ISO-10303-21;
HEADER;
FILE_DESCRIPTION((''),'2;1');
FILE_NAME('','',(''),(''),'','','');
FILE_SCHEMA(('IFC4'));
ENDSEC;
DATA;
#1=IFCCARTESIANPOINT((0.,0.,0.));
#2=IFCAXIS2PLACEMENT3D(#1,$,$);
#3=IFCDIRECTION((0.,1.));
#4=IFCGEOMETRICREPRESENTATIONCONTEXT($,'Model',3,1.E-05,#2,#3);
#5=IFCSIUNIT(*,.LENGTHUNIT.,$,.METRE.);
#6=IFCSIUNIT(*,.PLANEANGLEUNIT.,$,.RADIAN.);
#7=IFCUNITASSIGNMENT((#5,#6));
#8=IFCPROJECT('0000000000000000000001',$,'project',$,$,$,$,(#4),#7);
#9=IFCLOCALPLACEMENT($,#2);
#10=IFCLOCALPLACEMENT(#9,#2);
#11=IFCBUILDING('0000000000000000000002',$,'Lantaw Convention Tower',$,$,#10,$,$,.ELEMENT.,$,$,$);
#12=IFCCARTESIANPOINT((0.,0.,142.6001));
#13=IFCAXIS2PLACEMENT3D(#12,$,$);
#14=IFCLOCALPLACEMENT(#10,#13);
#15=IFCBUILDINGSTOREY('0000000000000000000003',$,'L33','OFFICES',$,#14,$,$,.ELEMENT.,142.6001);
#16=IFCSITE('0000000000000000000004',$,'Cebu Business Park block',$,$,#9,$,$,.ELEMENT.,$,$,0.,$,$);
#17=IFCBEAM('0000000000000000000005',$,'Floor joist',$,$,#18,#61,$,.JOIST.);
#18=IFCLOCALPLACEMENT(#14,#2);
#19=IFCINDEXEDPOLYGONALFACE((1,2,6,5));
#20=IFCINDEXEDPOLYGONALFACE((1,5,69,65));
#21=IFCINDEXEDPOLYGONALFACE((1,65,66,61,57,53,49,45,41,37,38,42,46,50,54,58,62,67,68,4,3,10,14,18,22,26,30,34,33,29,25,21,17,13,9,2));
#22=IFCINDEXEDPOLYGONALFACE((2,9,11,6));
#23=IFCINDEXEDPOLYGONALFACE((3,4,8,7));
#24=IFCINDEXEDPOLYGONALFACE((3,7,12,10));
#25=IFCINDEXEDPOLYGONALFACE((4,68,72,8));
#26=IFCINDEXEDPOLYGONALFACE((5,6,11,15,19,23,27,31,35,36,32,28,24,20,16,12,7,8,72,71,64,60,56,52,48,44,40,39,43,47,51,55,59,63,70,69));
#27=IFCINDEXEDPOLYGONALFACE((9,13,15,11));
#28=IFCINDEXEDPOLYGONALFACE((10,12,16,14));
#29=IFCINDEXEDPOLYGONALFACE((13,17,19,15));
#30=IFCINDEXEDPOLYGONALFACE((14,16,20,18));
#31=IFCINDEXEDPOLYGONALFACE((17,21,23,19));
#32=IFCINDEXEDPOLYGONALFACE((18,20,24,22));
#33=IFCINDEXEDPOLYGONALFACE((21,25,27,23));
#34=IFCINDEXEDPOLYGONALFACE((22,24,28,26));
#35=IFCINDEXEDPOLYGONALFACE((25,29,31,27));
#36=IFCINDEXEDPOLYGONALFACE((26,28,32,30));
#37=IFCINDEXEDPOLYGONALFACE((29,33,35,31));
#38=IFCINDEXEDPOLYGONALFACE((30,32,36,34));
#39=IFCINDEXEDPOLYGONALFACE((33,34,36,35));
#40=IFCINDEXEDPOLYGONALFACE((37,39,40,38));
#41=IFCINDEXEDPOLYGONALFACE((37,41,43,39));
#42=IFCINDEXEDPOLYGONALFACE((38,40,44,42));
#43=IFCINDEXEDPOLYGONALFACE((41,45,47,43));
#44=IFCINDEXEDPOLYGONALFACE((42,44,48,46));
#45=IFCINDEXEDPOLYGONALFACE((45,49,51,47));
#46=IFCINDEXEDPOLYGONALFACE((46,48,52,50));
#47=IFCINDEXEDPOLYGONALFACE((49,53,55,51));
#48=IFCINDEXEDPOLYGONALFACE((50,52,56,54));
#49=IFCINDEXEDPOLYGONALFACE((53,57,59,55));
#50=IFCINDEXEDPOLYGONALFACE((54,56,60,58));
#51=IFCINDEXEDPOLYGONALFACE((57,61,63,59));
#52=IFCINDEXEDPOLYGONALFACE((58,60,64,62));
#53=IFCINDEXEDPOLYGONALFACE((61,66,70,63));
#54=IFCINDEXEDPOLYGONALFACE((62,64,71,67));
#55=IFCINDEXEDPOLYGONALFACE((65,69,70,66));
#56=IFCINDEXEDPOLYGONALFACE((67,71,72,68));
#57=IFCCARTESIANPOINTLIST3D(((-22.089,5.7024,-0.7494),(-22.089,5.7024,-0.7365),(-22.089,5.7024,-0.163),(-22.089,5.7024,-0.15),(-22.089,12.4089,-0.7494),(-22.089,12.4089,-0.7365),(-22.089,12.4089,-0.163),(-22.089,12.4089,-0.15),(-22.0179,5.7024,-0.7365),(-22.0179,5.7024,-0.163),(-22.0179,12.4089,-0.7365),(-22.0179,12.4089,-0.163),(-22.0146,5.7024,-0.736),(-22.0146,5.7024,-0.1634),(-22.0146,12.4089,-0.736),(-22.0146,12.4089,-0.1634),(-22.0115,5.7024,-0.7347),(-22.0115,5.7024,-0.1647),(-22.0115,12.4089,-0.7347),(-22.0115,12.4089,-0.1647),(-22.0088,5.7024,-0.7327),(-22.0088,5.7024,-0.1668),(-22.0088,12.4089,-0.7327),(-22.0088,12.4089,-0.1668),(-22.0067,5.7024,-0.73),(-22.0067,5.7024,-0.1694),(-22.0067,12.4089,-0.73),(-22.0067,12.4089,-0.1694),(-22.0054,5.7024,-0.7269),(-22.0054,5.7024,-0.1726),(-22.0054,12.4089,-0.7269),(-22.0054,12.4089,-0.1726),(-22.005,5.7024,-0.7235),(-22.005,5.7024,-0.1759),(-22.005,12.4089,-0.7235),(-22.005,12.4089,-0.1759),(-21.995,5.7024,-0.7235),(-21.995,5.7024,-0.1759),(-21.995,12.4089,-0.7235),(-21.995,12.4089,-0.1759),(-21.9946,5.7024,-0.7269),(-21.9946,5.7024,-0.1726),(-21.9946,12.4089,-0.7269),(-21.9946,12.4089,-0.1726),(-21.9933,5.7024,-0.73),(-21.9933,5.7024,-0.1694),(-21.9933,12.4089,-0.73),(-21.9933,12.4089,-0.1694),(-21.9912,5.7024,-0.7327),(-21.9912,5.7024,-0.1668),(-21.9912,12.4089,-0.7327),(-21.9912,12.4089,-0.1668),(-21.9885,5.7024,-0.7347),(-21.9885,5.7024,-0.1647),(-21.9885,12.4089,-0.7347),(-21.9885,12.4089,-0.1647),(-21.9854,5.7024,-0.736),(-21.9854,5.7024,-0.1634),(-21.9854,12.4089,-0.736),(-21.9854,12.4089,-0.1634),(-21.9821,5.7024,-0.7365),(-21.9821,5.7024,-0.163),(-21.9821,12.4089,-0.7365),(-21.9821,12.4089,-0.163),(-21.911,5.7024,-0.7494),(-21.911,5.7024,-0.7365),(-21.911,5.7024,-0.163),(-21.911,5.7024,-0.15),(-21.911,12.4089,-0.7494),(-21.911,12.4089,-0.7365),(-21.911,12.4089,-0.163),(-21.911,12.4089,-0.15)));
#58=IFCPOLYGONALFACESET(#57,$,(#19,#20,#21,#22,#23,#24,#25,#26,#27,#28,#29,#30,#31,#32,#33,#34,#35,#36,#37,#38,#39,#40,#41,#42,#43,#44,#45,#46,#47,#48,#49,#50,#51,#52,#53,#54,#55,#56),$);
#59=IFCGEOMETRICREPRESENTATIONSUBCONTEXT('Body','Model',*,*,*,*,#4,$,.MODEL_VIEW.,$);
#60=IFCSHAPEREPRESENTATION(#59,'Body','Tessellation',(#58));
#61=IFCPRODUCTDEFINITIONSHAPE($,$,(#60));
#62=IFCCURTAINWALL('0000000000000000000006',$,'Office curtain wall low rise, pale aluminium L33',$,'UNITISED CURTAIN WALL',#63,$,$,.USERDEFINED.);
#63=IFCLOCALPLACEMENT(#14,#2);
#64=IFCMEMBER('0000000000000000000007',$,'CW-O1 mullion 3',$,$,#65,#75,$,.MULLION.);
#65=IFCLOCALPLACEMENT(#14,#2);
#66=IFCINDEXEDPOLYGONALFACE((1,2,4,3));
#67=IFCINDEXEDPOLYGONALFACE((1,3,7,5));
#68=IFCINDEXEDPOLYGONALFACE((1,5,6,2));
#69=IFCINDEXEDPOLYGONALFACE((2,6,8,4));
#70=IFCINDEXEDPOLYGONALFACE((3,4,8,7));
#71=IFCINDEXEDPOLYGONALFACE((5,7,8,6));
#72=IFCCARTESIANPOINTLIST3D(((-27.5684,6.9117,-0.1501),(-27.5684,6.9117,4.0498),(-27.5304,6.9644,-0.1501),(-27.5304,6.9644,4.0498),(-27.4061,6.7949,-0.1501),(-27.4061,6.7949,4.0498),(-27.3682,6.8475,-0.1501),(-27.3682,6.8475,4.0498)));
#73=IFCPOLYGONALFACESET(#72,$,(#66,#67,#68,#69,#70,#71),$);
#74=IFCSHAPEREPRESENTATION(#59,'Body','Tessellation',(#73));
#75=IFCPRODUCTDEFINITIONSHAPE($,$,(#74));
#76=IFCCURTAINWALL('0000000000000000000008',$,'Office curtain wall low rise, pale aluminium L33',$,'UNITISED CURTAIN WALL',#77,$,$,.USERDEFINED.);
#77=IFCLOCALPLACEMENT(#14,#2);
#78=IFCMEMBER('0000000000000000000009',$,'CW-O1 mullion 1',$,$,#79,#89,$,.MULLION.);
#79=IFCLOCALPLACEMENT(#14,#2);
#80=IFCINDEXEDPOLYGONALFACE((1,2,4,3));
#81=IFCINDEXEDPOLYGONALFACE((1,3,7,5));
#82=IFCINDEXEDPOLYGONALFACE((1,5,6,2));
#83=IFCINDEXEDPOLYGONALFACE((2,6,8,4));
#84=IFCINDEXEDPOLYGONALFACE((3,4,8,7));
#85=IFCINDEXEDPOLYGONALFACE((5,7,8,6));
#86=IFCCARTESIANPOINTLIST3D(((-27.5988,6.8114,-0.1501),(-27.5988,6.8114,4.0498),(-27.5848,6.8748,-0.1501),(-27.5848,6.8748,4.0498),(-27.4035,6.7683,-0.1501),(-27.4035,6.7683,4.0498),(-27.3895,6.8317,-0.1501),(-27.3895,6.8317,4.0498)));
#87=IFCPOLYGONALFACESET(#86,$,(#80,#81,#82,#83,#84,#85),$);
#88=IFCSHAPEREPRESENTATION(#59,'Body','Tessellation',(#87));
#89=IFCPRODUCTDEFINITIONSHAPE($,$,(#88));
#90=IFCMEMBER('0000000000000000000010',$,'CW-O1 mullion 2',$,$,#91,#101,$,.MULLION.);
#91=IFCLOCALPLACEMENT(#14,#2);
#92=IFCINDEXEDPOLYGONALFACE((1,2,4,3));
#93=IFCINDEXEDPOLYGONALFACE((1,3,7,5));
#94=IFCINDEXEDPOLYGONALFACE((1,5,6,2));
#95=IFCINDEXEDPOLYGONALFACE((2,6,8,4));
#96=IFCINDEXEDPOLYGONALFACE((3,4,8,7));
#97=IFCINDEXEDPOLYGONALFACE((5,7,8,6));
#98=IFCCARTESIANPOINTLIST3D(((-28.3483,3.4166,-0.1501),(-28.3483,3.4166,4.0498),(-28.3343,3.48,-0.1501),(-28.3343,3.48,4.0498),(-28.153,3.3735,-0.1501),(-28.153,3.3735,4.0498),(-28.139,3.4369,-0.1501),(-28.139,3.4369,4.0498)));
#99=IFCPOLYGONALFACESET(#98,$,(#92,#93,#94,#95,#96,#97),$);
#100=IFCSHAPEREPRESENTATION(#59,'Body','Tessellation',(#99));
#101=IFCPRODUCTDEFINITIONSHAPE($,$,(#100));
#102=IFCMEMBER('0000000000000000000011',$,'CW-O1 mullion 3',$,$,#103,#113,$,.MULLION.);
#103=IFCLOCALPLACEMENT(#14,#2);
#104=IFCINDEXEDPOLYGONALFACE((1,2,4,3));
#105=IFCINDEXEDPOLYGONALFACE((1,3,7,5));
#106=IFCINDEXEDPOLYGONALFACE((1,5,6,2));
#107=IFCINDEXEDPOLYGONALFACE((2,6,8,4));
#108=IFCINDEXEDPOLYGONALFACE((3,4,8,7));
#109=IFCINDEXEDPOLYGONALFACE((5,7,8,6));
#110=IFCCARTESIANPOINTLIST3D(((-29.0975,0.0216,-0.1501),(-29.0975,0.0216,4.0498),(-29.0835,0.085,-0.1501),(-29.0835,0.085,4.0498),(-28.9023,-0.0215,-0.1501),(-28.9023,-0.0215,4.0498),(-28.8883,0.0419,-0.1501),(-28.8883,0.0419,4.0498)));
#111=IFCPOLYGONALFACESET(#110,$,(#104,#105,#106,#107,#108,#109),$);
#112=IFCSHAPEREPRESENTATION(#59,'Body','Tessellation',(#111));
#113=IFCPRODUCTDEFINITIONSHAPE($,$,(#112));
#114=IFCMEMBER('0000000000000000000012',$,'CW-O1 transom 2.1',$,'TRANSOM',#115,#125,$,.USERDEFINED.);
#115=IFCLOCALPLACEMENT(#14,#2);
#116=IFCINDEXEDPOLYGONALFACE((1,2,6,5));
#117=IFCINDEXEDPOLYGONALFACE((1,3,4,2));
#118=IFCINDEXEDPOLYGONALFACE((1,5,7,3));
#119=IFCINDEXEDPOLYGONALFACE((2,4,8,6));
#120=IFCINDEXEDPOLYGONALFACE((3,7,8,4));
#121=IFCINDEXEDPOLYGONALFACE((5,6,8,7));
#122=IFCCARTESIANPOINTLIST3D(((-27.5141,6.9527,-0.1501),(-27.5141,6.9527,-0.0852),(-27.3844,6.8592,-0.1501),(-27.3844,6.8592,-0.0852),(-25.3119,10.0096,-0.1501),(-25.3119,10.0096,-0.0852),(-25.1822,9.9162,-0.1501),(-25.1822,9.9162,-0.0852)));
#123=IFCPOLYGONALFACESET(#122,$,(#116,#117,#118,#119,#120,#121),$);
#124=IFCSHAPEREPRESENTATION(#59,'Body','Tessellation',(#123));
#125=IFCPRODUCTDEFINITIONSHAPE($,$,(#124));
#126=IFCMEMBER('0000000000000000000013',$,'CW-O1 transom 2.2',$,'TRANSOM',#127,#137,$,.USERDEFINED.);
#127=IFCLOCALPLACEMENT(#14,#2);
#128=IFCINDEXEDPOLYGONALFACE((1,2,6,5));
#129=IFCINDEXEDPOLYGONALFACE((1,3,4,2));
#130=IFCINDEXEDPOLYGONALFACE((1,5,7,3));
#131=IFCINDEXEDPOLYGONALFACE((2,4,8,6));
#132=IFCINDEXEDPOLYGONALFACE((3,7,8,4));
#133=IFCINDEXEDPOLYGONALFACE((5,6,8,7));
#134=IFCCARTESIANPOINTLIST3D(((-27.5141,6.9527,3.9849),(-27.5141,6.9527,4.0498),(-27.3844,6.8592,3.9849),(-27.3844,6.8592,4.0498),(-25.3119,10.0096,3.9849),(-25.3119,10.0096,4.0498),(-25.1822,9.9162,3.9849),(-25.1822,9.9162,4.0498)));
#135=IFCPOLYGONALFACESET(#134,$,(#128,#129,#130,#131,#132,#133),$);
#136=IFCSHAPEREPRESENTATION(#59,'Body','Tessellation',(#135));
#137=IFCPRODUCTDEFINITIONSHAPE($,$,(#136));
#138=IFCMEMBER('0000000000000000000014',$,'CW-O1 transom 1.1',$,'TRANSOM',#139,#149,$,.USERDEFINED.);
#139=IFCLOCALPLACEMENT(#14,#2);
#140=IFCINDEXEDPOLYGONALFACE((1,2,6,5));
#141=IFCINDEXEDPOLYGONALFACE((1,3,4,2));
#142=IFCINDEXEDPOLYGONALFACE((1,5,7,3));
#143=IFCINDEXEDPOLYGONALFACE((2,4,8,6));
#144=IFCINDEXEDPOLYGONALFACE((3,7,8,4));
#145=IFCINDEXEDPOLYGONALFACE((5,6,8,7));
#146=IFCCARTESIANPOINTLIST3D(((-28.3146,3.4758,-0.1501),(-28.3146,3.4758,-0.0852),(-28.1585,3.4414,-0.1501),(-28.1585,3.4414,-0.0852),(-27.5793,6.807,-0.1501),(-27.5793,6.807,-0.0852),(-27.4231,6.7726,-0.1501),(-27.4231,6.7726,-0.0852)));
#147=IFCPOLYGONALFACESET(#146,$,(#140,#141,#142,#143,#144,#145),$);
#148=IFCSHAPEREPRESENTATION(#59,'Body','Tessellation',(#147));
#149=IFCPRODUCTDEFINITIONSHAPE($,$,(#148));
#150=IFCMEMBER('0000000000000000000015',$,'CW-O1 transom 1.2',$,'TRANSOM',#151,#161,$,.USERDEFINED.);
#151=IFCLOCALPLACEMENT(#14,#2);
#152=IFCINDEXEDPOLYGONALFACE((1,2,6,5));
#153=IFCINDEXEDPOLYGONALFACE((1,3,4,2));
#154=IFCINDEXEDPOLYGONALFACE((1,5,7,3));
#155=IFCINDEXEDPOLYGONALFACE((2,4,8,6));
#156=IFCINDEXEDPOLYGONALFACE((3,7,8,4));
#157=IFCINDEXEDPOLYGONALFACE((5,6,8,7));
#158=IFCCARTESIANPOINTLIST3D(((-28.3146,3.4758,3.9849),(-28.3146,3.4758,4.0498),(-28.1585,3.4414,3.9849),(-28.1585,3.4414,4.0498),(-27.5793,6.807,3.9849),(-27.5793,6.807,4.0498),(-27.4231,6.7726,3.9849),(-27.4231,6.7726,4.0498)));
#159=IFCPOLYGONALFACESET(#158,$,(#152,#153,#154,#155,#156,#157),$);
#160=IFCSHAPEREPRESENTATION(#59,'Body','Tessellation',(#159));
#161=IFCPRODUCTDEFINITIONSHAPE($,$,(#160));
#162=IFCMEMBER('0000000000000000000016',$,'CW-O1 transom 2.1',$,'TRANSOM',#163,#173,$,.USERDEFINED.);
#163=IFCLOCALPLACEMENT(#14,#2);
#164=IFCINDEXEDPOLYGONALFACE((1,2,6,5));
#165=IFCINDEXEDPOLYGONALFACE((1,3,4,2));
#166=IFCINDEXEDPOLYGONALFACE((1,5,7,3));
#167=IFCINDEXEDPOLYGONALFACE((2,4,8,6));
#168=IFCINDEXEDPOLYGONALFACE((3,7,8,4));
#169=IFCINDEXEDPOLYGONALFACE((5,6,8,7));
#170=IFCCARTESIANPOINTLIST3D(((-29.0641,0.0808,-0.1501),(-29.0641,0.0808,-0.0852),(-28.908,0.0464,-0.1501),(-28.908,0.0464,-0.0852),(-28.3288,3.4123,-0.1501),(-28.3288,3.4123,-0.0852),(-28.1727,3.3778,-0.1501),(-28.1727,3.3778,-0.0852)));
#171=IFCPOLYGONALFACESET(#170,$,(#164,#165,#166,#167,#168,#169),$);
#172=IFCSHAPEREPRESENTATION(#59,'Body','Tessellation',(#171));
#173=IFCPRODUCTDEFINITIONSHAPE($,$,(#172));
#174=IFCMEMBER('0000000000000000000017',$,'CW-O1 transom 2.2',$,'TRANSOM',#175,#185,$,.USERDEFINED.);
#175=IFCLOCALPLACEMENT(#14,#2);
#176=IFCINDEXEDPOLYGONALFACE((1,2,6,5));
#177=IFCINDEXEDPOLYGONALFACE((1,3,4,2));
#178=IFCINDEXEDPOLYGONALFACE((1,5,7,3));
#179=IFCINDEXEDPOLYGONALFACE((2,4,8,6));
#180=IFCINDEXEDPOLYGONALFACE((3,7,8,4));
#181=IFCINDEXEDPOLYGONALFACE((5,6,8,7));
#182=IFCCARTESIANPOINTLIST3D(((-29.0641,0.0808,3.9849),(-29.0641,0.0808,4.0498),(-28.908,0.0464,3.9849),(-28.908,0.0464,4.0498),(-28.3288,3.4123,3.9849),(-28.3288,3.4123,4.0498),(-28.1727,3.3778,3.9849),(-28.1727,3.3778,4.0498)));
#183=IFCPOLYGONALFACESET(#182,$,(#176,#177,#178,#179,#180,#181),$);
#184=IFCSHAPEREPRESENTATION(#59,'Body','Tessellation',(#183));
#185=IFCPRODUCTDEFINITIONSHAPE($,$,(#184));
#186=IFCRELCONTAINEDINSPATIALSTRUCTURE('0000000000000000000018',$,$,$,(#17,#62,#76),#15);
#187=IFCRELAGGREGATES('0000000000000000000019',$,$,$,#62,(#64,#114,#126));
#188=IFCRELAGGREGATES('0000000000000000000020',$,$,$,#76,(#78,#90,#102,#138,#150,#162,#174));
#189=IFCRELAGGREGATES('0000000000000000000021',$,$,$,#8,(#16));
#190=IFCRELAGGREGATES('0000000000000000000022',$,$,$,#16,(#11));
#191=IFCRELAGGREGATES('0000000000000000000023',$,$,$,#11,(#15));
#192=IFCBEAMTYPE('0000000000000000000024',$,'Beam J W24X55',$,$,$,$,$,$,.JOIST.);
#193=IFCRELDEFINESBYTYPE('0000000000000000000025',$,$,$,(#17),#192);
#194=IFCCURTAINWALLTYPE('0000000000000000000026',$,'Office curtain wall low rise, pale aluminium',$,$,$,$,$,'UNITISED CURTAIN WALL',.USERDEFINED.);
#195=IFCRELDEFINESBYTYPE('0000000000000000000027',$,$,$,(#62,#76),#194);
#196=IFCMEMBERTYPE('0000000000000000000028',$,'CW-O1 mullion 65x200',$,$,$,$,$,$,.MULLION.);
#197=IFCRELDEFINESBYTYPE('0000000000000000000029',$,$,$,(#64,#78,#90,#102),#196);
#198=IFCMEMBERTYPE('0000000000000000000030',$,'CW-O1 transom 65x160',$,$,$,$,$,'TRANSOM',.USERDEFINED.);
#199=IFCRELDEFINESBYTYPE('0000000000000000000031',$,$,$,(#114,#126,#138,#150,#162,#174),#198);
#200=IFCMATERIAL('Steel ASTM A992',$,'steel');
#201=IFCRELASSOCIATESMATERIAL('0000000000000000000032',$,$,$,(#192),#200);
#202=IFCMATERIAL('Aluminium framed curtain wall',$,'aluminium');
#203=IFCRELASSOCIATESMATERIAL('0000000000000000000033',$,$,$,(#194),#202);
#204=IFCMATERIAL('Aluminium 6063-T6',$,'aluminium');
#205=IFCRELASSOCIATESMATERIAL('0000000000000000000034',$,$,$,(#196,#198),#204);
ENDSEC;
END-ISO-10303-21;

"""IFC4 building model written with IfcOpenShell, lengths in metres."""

from ifc_helpers import new_model, si_unit, direction, frame, origin, origin_2d, place, context, subcontext, project, spatial, rectangle, i_section, extrude, material, material_profile, profile_set, type_object, element, aggregate, save


model = new_model("IFC4")

# Units and contexts
model_context = context("Model", 3, precision=1e-05, world=origin(), true_north=direction((0.0, 1.0)))
body_context = subcontext(model_context, "Body", "Model", "MODEL_VIEW")
ifc_project = project(units=[si_unit("LENGTHUNIT", "METRE"), si_unit("PLANEANGLEUNIT", "RADIAN")], contexts=[model_context])

# Site, building, storey
site_placement = place(None, origin())
site = spatial("IfcSite", under=ifc_project, at=site_placement, Name="Cebu Business Park block", CompositionType="ELEMENT", RefElevation=0.0)
building_placement = place(site_placement, origin())
building = spatial("IfcBuilding", under=site, at=building_placement, Name="Lantaw Convention Tower", CompositionType="ELEMENT")
storey_placement = place(building_placement, frame((0.0, 0.0, 142.6001)))
storey = spatial("IfcBuildingStorey", under=building, at=storey_placement, Name="L33", Description="OFFICES", CompositionType="ELEMENT", Elevation=142.6001)

# Beam
ifc_material_1 = material(Name="Steel ASTM A992", Category="steel")
ifc_material_profile_1 = material_profile(ifc_material_1, i_section(OverallWidth=0.178, OverallDepth=0.5994, WebThickness=0.01, FlangeThickness=0.0129, FilletRadius=0.0129, at=origin_2d()), Name="W24X55")
ifc_profile_set_1 = profile_set([ifc_material_profile_1], Name="Steel ASTM A992")
beam_type_1 = type_object("IfcBeamType", Name="Beam J W24X55", PredefinedType="JOIST", material=ifc_profile_set_1)
beam_1_placement = place(storey_placement, frame((-22.0, 5.7024, -0.4497), z_axis=(0.0, 1.0, 0.0), x_axis=(-1.0, 0.0, 0.0)))
element("IfcBeam", 1, at=beam_1_placement, inside=storey, type_object=beam_type_1, Name="Floor joist", PredefinedType="JOIST", context=body_context, shape_type="SweptSolid", body=[
    extrude(i_section(OverallWidth=0.178, OverallDepth=0.5994, WebThickness=0.01, FlangeThickness=0.0129, FilletRadius=0.0129, at=origin_2d()), origin(), (0.0, 0.0, 1.0), 6.7065),
])

# Curtain wall, member
ifc_material_2 = material(Name="Aluminium framed curtain wall", Category="aluminium")
curtain_wall_type = type_object("IfcCurtainWallType", Name="Office curtain wall low rise, pale aluminium", ElementType="UNITISED CURTAIN WALL", PredefinedType="USERDEFINED", material=ifc_material_2)
curtain_wall_1_placement = place(storey_placement, origin())
curtain_wall_1 = element("IfcCurtainWall", 2, at=curtain_wall_1_placement, inside=storey, type_object=curtain_wall_type, Name="Office curtain wall low rise, pale aluminium L33", ObjectType="UNITISED CURTAIN WALL", PredefinedType="USERDEFINED")
ifc_material_3 = material(Name="Aluminium 6063-T6", Category="aluminium")
ifc_material_profile_2 = material_profile(ifc_material_3, rectangle(XDim=0.2, YDim=0.0649, at=origin_2d()), Name="CW-O1 mullion 65x200")
ifc_profile_set_2 = profile_set([ifc_material_profile_2], Name="Aluminium 6063-T6")
member_type_1 = type_object("IfcMemberType", Name="CW-O1 mullion 65x200", PredefinedType="MULLION", material=ifc_profile_set_2)
member_1_placement = place(storey_placement, frame((-27.4683, 6.8796, -0.1501), z_axis=(0.0, 0.0, 1.0), x_axis=(0.811385, -0.584513, 0.0)))
member_1 = element("IfcMember", 3, at=member_1_placement, type_object=member_type_1, Name="CW-O1 mullion 3", PredefinedType="MULLION", context=body_context, shape_type="SweptSolid", body=[
    extrude(rectangle(XDim=0.2, YDim=0.0649, at=origin_2d()), origin(), (0.0, 0.0, 1.0), 4.2),
])

# Curtain wall, members
curtain_wall_2_placement = place(storey_placement, origin())
curtain_wall_2 = element("IfcCurtainWall", 4, at=curtain_wall_2_placement, inside=storey, type_object=curtain_wall_type, Name="Office curtain wall low rise, pale aluminium L33", ObjectType="UNITISED CURTAIN WALL", PredefinedType="USERDEFINED")
member_2_placement = place(storey_placement, frame((-27.4941, 6.8215, -0.1501), z_axis=(0.0, 0.0, 1.0), x_axis=(0.976494, -0.215546, 0.0)))
member_2 = element("IfcMember", 5, at=member_2_placement, type_object=member_type_1, Name="CW-O1 mullion 1", PredefinedType="MULLION", context=body_context, shape_type="SweptSolid", body=[
    extrude(rectangle(XDim=0.2, YDim=0.0649, at=origin_2d()), origin(), (0.0, 0.0, 1.0), 4.2),
])
member_3_placement = place(storey_placement, frame((-28.2437, 3.4268, -0.1501), z_axis=(0.0, 0.0, 1.0), x_axis=(0.976494, -0.215546, 0.0)))
member_3 = element("IfcMember", 6, at=member_3_placement, type_object=member_type_1, Name="CW-O1 mullion 2", PredefinedType="MULLION", context=body_context, shape_type="SweptSolid", body=[
    extrude(rectangle(XDim=0.2, YDim=0.0649, at=origin_2d()), origin(), (0.0, 0.0, 1.0), 4.2),
])
member_4_placement = place(storey_placement, frame((-28.9929, 0.0317, -0.1501), z_axis=(0.0, 0.0, 1.0), x_axis=(0.976494, -0.215546, 0.0)))
member_4 = element("IfcMember", 7, at=member_4_placement, type_object=member_type_1, Name="CW-O1 mullion 3", PredefinedType="MULLION", context=body_context, shape_type="SweptSolid", body=[
    extrude(rectangle(XDim=0.2, YDim=0.0649, at=origin_2d()), origin(), (0.0, 0.0, 1.0), 4.2),
])

# Members
ifc_material_profile_3 = material_profile(ifc_material_3, rectangle(XDim=0.1599, YDim=0.0649, at=origin_2d()), Name="CW-O1 transom 65x160")
ifc_profile_set_3 = profile_set([ifc_material_profile_3], Name="Aluminium 6063-T6")
member_type_2 = type_object("IfcMemberType", Name="CW-O1 transom 65x160", ElementType="TRANSOM", PredefinedType="USERDEFINED", material=ifc_profile_set_3)
member_5_placement = place(storey_placement, frame((-25.2471, 9.9629, -0.1177), z_axis=(-0.584513, -0.811384, 0.0), x_axis=(0.811384, -0.584513, 0.0)))
member_5 = element("IfcMember", 8, at=member_5_placement, type_object=member_type_2, Name="CW-O1 transom 2.1", ObjectType="TRANSOM", PredefinedType="USERDEFINED", context=body_context, shape_type="SweptSolid", body=[
    extrude(rectangle(XDim=0.1599, YDim=0.0649, at=origin_2d()), origin(), (0.0, 0.0, 1.0), 3.7676),
])
member_6_placement = place(storey_placement, frame((-25.2471, 9.9629, 4.0173), z_axis=(-0.584513, -0.811384, 0.0), x_axis=(0.811384, -0.584513, 0.0)))
member_6 = element("IfcMember", 9, at=member_6_placement, type_object=member_type_2, Name="CW-O1 transom 2.2", ObjectType="TRANSOM", PredefinedType="USERDEFINED", context=body_context, shape_type="SweptSolid", body=[
    extrude(rectangle(XDim=0.1599, YDim=0.0649, at=origin_2d()), origin(), (0.0, 0.0, 1.0), 3.7676),
])
member_7_placement = place(storey_placement, frame((-27.5012, 6.7898, -0.1177), z_axis=(-0.215551, -0.976493, 0.0), x_axis=(0.976493, -0.215551, 0.0)))
member_7 = element("IfcMember", 10, at=member_7_placement, type_object=member_type_2, Name="CW-O1 transom 1.1", ObjectType="TRANSOM", PredefinedType="USERDEFINED", context=body_context, shape_type="SweptSolid", body=[
    extrude(rectangle(XDim=0.1599, YDim=0.0649, at=origin_2d()), origin(), (0.0, 0.0, 1.0), 3.4114),
])
member_8_placement = place(storey_placement, frame((-27.5012, 6.7898, 4.0173), z_axis=(-0.215551, -0.976493, 0.0), x_axis=(0.976493, -0.215551, 0.0)))
member_8 = element("IfcMember", 11, at=member_8_placement, type_object=member_type_2, Name="CW-O1 transom 1.2", ObjectType="TRANSOM", PredefinedType="USERDEFINED", context=body_context, shape_type="SweptSolid", body=[
    extrude(rectangle(XDim=0.1599, YDim=0.0649, at=origin_2d()), origin(), (0.0, 0.0, 1.0), 3.4114),
])
member_9_placement = place(storey_placement, frame((-28.2507, 3.395, -0.1177), z_axis=(-0.215536, -0.976496, 0.0), x_axis=(0.976496, -0.215536, 0.0)))
member_9 = element("IfcMember", 12, at=member_9_placement, type_object=member_type_2, Name="CW-O1 transom 2.1", ObjectType="TRANSOM", PredefinedType="USERDEFINED", context=body_context, shape_type="SweptSolid", body=[
    extrude(rectangle(XDim=0.1599, YDim=0.0649, at=origin_2d()), origin(), (0.0, 0.0, 1.0), 3.4116),
])
member_10_placement = place(storey_placement, frame((-28.2507, 3.395, 4.0173), z_axis=(-0.215536, -0.976496, 0.0), x_axis=(0.976496, -0.215536, 0.0)))
member_10 = element("IfcMember", 13, at=member_10_placement, type_object=member_type_2, Name="CW-O1 transom 2.2", ObjectType="TRANSOM", PredefinedType="USERDEFINED", context=body_context, shape_type="SweptSolid", body=[
    extrude(rectangle(XDim=0.1599, YDim=0.0649, at=origin_2d()), origin(), (0.0, 0.0, 1.0), 3.4116),
])

aggregate(curtain_wall_1, [member_1, member_5, member_6])
aggregate(curtain_wall_2, [member_2, member_3, member_4, member_7, member_8, member_9, member_10])

save(model, "model.ifc")
